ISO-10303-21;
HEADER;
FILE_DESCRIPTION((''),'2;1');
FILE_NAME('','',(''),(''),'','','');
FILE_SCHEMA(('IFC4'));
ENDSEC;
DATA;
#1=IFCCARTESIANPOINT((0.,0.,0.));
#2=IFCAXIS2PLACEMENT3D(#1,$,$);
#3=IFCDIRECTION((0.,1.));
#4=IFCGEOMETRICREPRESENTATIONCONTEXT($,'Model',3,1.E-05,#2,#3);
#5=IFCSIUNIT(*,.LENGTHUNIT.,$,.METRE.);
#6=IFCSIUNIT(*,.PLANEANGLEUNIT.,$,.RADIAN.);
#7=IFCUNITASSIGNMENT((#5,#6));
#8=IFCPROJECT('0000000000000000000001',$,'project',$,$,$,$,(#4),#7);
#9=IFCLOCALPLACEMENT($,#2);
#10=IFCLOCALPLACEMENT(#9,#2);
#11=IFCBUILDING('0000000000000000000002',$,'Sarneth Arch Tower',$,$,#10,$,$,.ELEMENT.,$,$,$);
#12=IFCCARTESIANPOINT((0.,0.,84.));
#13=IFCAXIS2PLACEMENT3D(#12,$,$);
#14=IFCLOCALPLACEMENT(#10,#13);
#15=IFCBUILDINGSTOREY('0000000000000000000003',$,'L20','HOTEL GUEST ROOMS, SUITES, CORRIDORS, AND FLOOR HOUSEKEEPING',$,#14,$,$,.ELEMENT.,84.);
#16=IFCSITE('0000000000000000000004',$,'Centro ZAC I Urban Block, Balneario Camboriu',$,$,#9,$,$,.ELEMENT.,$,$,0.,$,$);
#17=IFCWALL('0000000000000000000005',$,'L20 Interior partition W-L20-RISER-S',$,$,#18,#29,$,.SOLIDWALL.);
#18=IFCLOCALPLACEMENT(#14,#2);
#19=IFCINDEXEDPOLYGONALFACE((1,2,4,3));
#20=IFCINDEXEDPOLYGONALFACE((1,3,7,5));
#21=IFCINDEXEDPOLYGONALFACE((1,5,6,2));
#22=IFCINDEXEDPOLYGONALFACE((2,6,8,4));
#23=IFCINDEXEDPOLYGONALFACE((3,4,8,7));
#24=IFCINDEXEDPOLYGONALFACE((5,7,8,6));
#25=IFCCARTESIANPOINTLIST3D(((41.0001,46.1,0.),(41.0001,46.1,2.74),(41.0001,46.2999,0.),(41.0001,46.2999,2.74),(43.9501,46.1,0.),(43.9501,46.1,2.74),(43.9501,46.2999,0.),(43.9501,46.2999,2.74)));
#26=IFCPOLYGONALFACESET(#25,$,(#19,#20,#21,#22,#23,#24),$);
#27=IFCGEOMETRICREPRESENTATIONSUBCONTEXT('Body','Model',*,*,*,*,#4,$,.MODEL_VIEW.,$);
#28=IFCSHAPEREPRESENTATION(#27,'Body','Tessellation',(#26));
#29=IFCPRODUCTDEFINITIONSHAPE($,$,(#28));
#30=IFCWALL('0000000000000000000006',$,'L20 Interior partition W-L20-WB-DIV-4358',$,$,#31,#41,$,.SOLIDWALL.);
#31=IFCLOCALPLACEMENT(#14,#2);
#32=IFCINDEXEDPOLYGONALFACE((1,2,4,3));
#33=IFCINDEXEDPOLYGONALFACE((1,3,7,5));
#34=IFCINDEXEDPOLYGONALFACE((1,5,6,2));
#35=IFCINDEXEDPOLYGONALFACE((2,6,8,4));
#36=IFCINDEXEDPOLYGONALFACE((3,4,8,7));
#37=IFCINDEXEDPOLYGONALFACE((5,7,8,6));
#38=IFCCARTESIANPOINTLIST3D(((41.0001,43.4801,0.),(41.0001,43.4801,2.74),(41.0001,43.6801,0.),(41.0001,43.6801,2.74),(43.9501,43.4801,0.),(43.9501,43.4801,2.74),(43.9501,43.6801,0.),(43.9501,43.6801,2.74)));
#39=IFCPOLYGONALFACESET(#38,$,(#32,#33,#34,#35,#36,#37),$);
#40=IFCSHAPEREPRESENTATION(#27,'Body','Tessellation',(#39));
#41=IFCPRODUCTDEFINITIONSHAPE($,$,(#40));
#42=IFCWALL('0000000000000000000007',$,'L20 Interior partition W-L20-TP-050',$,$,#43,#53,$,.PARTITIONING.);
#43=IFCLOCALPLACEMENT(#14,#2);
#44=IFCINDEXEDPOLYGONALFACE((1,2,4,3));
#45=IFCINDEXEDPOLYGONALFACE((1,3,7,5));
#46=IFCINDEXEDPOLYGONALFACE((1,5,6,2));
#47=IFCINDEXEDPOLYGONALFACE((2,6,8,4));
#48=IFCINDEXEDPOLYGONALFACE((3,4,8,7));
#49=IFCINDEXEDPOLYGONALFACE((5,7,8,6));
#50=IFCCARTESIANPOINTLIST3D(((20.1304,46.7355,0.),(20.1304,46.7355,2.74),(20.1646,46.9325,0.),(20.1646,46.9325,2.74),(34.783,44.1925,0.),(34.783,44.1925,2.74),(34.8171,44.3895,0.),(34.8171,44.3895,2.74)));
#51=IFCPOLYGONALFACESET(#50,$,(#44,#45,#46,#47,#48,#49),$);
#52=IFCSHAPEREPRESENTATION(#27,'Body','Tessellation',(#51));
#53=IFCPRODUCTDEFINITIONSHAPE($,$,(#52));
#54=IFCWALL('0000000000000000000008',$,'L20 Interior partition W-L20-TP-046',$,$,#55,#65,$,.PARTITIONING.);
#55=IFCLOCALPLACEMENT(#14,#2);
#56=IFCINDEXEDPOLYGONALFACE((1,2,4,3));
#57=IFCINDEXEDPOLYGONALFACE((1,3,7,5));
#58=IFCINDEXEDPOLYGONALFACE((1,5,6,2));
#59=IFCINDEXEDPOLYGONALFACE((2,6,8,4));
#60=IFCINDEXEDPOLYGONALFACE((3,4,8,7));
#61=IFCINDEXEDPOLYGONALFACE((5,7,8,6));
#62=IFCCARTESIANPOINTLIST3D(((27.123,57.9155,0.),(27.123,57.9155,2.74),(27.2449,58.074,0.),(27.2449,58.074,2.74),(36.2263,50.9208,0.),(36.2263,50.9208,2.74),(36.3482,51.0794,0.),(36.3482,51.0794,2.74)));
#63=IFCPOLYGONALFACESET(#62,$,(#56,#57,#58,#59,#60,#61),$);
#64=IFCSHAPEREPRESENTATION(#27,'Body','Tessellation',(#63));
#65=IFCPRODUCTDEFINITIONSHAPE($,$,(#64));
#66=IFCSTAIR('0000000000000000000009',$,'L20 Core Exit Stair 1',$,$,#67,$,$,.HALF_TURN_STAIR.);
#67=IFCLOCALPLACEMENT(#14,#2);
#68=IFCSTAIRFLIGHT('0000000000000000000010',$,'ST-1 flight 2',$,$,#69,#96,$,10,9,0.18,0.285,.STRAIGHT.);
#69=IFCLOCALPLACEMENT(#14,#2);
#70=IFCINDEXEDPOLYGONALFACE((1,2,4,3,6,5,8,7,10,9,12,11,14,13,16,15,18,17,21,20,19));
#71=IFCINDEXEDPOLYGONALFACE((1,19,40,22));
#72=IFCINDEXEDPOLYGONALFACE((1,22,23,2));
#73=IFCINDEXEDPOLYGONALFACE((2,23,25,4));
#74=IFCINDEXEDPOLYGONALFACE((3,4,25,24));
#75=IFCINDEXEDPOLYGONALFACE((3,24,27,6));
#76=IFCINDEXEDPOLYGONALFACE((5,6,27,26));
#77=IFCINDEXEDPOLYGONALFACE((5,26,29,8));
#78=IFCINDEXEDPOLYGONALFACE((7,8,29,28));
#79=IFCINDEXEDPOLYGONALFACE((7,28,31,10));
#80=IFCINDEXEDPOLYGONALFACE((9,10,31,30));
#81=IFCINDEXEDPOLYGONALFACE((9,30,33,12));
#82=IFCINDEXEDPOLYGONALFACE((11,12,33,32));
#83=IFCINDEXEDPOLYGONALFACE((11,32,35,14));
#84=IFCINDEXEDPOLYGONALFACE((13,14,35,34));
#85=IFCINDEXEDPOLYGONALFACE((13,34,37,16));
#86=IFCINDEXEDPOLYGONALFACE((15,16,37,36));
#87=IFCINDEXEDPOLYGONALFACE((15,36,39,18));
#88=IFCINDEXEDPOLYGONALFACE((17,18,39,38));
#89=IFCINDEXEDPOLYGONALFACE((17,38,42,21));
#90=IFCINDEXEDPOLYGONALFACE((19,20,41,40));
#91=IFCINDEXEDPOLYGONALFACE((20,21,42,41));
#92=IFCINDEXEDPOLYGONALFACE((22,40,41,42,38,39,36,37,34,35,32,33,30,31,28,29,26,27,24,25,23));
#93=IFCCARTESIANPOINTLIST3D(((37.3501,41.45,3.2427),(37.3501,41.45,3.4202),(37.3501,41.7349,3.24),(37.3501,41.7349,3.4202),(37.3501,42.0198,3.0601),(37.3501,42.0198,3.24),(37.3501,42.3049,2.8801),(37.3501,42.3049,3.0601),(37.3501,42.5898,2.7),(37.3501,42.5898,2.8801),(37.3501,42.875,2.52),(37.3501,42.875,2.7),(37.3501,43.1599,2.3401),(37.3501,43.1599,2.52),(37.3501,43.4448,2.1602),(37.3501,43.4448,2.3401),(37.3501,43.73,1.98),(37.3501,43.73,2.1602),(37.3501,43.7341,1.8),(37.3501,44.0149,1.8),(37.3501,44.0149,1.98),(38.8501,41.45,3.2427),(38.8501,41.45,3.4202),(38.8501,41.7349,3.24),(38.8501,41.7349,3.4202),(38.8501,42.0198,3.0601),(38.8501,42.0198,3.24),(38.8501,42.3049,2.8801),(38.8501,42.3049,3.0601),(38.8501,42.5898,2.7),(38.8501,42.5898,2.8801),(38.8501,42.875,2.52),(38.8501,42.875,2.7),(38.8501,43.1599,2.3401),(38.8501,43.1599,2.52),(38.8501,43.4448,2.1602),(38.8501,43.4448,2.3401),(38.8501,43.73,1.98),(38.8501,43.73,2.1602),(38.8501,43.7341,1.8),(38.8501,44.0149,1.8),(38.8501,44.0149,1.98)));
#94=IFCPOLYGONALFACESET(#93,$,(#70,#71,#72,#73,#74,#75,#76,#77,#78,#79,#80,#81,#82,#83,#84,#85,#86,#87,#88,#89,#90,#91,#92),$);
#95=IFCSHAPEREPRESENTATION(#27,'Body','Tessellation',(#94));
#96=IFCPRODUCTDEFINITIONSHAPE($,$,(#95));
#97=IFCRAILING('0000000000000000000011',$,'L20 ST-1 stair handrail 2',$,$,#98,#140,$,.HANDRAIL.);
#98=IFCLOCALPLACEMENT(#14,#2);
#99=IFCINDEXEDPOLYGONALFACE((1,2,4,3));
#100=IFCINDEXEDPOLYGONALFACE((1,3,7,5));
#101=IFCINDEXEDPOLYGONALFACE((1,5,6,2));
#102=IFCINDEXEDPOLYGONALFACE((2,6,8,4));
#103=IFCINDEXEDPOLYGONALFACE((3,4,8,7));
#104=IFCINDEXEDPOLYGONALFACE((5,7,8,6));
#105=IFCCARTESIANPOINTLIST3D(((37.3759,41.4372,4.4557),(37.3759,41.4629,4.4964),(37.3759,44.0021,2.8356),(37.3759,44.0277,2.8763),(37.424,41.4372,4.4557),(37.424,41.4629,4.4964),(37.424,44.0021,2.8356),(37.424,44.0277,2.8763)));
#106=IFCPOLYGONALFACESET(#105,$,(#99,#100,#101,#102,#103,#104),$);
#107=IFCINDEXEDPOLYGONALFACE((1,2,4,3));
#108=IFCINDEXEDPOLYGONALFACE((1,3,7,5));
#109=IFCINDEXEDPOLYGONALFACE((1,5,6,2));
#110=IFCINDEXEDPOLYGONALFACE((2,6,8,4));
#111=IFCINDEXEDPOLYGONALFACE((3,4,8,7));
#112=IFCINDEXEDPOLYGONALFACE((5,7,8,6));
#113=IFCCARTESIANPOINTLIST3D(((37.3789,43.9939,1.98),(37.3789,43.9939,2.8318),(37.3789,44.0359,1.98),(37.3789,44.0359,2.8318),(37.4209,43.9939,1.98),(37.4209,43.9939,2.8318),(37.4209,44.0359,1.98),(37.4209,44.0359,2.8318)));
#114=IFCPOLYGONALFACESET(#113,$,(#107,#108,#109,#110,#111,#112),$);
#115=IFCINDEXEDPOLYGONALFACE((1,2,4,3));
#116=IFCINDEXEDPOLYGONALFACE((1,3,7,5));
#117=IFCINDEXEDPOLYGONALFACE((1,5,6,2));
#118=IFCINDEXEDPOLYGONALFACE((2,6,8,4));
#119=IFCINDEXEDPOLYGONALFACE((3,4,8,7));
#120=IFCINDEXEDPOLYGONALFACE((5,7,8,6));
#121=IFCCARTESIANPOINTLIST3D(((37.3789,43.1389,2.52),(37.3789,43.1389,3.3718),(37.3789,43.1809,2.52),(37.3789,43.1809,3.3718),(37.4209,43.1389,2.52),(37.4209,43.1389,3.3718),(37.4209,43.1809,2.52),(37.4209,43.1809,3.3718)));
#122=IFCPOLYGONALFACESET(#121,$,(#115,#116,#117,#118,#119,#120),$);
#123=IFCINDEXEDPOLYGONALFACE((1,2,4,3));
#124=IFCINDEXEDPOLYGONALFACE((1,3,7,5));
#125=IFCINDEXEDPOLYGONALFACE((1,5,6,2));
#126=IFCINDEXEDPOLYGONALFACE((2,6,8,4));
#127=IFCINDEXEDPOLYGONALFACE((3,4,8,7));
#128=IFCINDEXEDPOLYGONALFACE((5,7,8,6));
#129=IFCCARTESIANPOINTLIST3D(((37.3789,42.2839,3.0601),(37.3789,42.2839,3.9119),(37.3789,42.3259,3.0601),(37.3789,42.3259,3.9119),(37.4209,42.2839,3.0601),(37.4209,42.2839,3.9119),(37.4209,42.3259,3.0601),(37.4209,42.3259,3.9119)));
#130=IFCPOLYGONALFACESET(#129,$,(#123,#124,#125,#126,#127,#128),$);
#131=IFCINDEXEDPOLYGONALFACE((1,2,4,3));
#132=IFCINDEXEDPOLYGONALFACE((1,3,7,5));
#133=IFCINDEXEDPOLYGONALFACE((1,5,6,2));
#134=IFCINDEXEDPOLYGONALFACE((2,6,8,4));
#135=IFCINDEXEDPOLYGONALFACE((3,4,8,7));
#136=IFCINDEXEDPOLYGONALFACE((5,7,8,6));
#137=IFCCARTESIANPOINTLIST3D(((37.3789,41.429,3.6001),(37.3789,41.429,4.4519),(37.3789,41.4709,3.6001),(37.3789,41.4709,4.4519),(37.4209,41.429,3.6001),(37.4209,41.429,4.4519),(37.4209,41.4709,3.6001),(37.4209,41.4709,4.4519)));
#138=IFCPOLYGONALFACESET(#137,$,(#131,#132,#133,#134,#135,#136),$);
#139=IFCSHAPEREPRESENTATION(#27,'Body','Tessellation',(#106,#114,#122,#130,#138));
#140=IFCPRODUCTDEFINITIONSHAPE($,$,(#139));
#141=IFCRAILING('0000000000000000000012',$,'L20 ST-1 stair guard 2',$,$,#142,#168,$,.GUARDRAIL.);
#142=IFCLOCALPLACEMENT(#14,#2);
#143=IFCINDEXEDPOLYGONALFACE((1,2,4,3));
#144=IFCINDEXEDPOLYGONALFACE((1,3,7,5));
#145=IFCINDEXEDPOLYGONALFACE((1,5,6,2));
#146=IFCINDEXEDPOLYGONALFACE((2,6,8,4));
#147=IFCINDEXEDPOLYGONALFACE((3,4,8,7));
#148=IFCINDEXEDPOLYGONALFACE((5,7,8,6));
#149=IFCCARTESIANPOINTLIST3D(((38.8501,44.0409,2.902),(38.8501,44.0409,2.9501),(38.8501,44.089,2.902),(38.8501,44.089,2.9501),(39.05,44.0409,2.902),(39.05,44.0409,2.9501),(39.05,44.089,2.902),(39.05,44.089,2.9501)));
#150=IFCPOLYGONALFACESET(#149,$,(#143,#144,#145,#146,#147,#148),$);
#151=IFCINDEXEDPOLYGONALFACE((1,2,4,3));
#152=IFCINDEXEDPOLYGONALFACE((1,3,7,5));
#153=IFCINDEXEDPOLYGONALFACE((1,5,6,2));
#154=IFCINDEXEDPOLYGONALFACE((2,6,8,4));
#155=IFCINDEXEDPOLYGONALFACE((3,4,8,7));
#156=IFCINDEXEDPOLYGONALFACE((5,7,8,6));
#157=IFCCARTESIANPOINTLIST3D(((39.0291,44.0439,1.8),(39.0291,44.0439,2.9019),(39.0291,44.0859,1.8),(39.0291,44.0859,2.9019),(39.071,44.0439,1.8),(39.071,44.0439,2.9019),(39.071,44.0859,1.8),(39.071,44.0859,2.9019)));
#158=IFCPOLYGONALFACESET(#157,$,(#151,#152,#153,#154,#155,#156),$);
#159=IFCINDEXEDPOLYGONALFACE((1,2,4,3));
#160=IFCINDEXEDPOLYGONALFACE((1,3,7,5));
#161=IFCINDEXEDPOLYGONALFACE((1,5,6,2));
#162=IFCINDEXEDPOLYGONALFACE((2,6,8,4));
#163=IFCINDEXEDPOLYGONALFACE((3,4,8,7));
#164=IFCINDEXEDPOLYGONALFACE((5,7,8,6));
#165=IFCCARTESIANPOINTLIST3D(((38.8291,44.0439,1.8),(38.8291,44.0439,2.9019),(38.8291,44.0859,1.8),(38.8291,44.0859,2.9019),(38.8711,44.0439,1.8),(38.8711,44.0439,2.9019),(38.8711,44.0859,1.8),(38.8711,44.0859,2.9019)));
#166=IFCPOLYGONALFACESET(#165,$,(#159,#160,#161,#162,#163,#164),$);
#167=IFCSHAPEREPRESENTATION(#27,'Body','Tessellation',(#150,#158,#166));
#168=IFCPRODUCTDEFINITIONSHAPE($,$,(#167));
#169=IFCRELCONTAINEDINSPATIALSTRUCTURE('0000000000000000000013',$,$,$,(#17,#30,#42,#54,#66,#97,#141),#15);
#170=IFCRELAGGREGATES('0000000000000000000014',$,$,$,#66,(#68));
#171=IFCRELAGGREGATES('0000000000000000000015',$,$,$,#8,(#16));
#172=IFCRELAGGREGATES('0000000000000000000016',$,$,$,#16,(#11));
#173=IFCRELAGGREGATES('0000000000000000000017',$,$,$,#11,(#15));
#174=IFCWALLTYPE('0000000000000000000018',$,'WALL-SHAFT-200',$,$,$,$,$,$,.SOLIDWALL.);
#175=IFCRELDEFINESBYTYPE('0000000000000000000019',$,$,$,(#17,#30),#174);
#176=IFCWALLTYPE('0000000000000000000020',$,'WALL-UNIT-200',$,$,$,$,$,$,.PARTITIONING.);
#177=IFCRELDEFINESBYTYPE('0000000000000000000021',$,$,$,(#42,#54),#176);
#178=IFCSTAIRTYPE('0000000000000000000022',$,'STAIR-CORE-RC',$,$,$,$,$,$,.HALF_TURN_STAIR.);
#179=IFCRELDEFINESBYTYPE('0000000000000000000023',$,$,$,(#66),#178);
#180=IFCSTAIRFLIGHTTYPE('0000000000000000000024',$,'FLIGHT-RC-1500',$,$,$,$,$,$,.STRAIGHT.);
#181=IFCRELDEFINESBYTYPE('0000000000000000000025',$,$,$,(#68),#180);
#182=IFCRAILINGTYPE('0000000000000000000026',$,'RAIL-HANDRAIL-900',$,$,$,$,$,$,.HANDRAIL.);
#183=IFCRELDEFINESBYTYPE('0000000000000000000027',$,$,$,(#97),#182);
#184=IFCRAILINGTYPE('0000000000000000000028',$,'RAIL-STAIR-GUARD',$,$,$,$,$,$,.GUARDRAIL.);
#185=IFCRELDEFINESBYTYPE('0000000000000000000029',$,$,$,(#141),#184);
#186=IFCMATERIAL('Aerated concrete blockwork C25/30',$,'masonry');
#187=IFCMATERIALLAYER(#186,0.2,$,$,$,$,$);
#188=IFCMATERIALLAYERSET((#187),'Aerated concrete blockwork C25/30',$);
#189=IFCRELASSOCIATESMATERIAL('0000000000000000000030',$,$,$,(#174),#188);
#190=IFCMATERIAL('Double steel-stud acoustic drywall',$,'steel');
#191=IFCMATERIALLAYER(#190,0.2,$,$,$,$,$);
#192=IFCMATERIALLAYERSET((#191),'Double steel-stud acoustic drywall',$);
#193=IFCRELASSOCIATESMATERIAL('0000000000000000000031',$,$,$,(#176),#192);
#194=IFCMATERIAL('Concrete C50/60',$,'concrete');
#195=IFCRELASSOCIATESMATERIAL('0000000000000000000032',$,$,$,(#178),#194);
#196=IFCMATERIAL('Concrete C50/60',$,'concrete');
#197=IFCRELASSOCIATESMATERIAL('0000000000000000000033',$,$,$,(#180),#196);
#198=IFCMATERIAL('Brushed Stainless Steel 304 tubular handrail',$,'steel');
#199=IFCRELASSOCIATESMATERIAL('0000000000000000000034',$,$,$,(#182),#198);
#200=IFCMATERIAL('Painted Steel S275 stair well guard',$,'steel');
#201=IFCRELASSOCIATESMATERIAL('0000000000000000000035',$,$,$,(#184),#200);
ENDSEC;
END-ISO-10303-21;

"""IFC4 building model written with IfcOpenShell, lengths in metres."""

from ifc_helpers import new_model, si_unit, direction, frame, frame_2d, origin, origin_2d, place, context, subcontext, project, spatial, polyline, rectangle, outline, extrude, material, layer, layer_set, type_object, element, aggregate, save


model = new_model("IFC4")

# Units and contexts
model_context = context("Model", 3, precision=1e-05, world=origin(), true_north=direction((0.0, 1.0)))
body_context = subcontext(model_context, "Body", "Model", "MODEL_VIEW")
ifc_project = project(units=[si_unit("LENGTHUNIT", "METRE"), si_unit("PLANEANGLEUNIT", "RADIAN")], contexts=[model_context])

# Site, building, storey
site_placement = place(None, origin())
site = spatial("IfcSite", under=ifc_project, at=site_placement, Name="Centro ZAC I Urban Block, Balneario Camboriu", CompositionType="ELEMENT", RefElevation=0.0)
building_placement = place(site_placement, origin())
building = spatial("IfcBuilding", under=site, at=building_placement, Name="Sarneth Arch Tower", CompositionType="ELEMENT")
storey_placement = place(building_placement, frame((0.0, 0.0, 84.0)))
storey = spatial("IfcBuildingStorey", under=building, at=storey_placement, Name="L20", Description="HOTEL GUEST ROOMS, SUITES, CORRIDORS, AND FLOOR HOUSEKEEPING", CompositionType="ELEMENT", Elevation=84.0)

# Wall
ifc_material_1 = material(Name="Aerated concrete blockwork C25/30", Category="masonry")
ifc_layer_1 = layer(ifc_material_1, 0.2)
ifc_layer_set_1 = layer_set([ifc_layer_1], Name="Aerated concrete blockwork C25/30")
wall_type_1 = type_object("IfcWallType", Name="WALL-SHAFT-200", PredefinedType="SOLIDWALL", material=ifc_layer_set_1)
wall_1_placement = place(storey_placement, frame((41.0, 46.2, 0.0), z_axis=(0.0, 0.0, 1.0), x_axis=(1.0, 0.0, 0.0)))
element("IfcWall", 1, at=wall_1_placement, inside=storey, type_object=wall_type_1, Name="L20 Interior partition W-L20-RISER-S", PredefinedType="SOLIDWALL", context=body_context, shape_type="SweptSolid", body=[
    extrude(rectangle(XDim=2.95, YDim=0.2, at=frame_2d((1.4751, 0.0))), origin(), (0.0, 0.0, 1.0), 2.74),
])

# Walls
wall_2_placement = place(storey_placement, frame((41.0, 43.5801, 0.0), z_axis=(0.0, 0.0, 1.0), x_axis=(1.0, 0.0, 0.0)))
element("IfcWall", 2, at=wall_2_placement, inside=storey, type_object=wall_type_1, Name="L20 Interior partition W-L20-WB-DIV-4358", PredefinedType="SOLIDWALL", context=body_context, shape_type="SweptSolid", body=[
    extrude(rectangle(XDim=2.95, YDim=0.2, at=frame_2d((1.4751, 0.0))), origin(), (0.0, 0.0, 1.0), 2.74),
])
ifc_material_2 = material(Name="Double steel-stud acoustic drywall", Category="steel")
ifc_layer_2 = layer(ifc_material_2, 0.2)
ifc_layer_set_2 = layer_set([ifc_layer_2], Name="Double steel-stud acoustic drywall")
wall_type_2 = type_object("IfcWallType", Name="WALL-UNIT-200", PredefinedType="PARTITIONING", material=ifc_layer_set_2)
wall_3_placement = place(storey_placement, frame((34.8, 44.291, 0.0), z_axis=(0.0, 0.0, 1.0), x_axis=(-0.985272, 0.170995, 0.0)))
element("IfcWall", 3, at=wall_3_placement, inside=storey, type_object=wall_type_2, Name="L20 Interior partition W-L20-TP-050", PredefinedType="PARTITIONING", context=body_context, shape_type="SweptSolid", body=[
    extrude(rectangle(XDim=14.8716, YDim=0.2, at=frame_2d((7.4358, 0.0))), origin(), (0.0, 0.0, 1.0), 2.74),
])
wall_4_placement = place(storey_placement, frame((36.2874, 51.0, 0.0), z_axis=(0.0, 0.0, 1.0), x_axis=(-0.792956, 0.609279, 0.0)))
element("IfcWall", 4, at=wall_4_placement, inside=storey, type_object=wall_type_2, Name="L20 Interior partition W-L20-TP-046", PredefinedType="PARTITIONING", context=body_context, shape_type="SweptSolid", body=[
    extrude(rectangle(XDim=11.4802, YDim=0.2, at=frame_2d((5.7402, 0.0))), origin(), (0.0, 0.0, 1.0), 2.74),
])

# Stair, stair flight
ifc_material_3 = material(Name="Concrete C50/60", Category="concrete")
stair_type = type_object("IfcStairType", Name="STAIR-CORE-RC", PredefinedType="HALF_TURN_STAIR", material=ifc_material_3)
stair_placement = place(storey_placement, origin())
stair = element("IfcStair", 5, at=stair_placement, inside=storey, type_object=stair_type, Name="L20 Core Exit Stair 1", PredefinedType="HALF_TURN_STAIR")
ifc_material_4 = material(Name="Concrete C50/60", Category="concrete")
stair_flight_type = type_object("IfcStairFlightType", Name="FLIGHT-RC-1500", PredefinedType="STRAIGHT", material=ifc_material_4)
stair_flight_placement = place(storey_placement, frame((38.1001, 44.0149, 1.8), z_axis=(0.0, 0.0, 1.0), x_axis=(0.0, -1.0, 0.0)))
stair_flight = element("IfcStairFlight", 6, at=stair_flight_placement, type_object=stair_flight_type, Name="ST-1 flight 2", NumberOfRisers=10, NumberOfTreads=9, PredefinedType="STRAIGHT", RiserHeight=0.18, TreadLength=0.285, context=body_context, shape_type="SweptSolid", body=[
    extrude(outline(polyline([(0.0, 0.0), (0.0, 0.1799), (0.2849, 0.1799), (0.2849, 0.3601), (0.5701, 0.3601), (0.5701, 0.54), (0.855, 0.54), (0.855, 0.72), (1.1399, 0.72), (1.1399, 0.8999), (1.425, 0.8999), (1.425, 1.0801), (1.71, 1.0801), (1.71, 1.26), (1.9951, 1.26), (1.9951, 1.4399), (2.28, 1.4399), (2.28, 1.6201), (2.5649, 1.6201), (2.5649, 1.8), (2.5649, 1.4426), (0.2808, 0.0), (0.0, 0.0)])), frame((0.0, 0.75, 0.0), z_axis=(0.0, -1.0, 0.0), x_axis=(1.0, 0.0, 0.0)), (0.0, 0.0, 1.0), 1.5),
])
aggregate(stair, [stair_flight])

# Railings
ifc_material_5 = material(Name="Brushed Stainless Steel 304 tubular handrail", Category="steel")
railing_type_1 = type_object("IfcRailingType", Name="RAIL-HANDRAIL-900", PredefinedType="HANDRAIL", material=ifc_material_5)
railing_1_placement = place(storey_placement, frame((37.3999, 44.0149, 1.98)))
element("IfcRailing", 7, at=railing_1_placement, inside=storey, type_object=railing_type_1, Name="L20 ST-1 stair handrail 2", PredefinedType="HANDRAIL", context=body_context, shape_type="SweptSolid", body=[
    extrude(rectangle(XDim=0.0481, YDim=0.0481, at=origin_2d()), frame((0.0, 0.0, 0.876), z_axis=(0.0, -0.845466, 0.534029), x_axis=(1.0, 0.0, 0.0)), (0.0, 0.0, 1.0), 3.0337),
    extrude(rectangle(XDim=0.042, YDim=0.042, at=origin_2d()), origin(), (0.0, 0.0, 1.0), 0.8518),
    extrude(rectangle(XDim=0.042, YDim=0.042, at=origin_2d()), frame((0.0, -0.855, 0.54)), (0.0, 0.0, 1.0), 0.8518),
    extrude(rectangle(XDim=0.042, YDim=0.042, at=origin_2d()), frame((0.0, -1.71, 1.0801)), (0.0, 0.0, 1.0), 0.8518),
    extrude(rectangle(XDim=0.042, YDim=0.042, at=origin_2d()), frame((0.0, -2.5649, 1.6201)), (0.0, 0.0, 1.0), 0.8518),
])
ifc_material_6 = material(Name="Painted Steel S275 stair well guard", Category="steel")
railing_type_2 = type_object("IfcRailingType", Name="RAIL-STAIR-GUARD", PredefinedType="GUARDRAIL", material=ifc_material_6)
railing_2_placement = place(storey_placement, frame((39.05, 44.0649, 1.8)))
element("IfcRailing", 8, at=railing_2_placement, inside=storey, type_object=railing_type_2, Name="L20 ST-1 stair guard 2", PredefinedType="GUARDRAIL", context=body_context, shape_type="SweptSolid", body=[
    extrude(rectangle(XDim=0.0481, YDim=0.0481, at=origin_2d()), frame((0.0, 0.0, 1.126), z_axis=(-1.0, 0.0, 0.0), x_axis=(0.0, -1.0, 0.0)), (0.0, 0.0, 1.0), 0.2),
    extrude(rectangle(XDim=0.042, YDim=0.042, at=origin_2d()), origin(), (0.0, 0.0, 1.0), 1.1018),
    extrude(rectangle(XDim=0.042, YDim=0.042, at=origin_2d()), frame((-0.2, 0.0, 0.0)), (0.0, 0.0, 1.0), 1.1018),
])

save(model, "model.ifc")
